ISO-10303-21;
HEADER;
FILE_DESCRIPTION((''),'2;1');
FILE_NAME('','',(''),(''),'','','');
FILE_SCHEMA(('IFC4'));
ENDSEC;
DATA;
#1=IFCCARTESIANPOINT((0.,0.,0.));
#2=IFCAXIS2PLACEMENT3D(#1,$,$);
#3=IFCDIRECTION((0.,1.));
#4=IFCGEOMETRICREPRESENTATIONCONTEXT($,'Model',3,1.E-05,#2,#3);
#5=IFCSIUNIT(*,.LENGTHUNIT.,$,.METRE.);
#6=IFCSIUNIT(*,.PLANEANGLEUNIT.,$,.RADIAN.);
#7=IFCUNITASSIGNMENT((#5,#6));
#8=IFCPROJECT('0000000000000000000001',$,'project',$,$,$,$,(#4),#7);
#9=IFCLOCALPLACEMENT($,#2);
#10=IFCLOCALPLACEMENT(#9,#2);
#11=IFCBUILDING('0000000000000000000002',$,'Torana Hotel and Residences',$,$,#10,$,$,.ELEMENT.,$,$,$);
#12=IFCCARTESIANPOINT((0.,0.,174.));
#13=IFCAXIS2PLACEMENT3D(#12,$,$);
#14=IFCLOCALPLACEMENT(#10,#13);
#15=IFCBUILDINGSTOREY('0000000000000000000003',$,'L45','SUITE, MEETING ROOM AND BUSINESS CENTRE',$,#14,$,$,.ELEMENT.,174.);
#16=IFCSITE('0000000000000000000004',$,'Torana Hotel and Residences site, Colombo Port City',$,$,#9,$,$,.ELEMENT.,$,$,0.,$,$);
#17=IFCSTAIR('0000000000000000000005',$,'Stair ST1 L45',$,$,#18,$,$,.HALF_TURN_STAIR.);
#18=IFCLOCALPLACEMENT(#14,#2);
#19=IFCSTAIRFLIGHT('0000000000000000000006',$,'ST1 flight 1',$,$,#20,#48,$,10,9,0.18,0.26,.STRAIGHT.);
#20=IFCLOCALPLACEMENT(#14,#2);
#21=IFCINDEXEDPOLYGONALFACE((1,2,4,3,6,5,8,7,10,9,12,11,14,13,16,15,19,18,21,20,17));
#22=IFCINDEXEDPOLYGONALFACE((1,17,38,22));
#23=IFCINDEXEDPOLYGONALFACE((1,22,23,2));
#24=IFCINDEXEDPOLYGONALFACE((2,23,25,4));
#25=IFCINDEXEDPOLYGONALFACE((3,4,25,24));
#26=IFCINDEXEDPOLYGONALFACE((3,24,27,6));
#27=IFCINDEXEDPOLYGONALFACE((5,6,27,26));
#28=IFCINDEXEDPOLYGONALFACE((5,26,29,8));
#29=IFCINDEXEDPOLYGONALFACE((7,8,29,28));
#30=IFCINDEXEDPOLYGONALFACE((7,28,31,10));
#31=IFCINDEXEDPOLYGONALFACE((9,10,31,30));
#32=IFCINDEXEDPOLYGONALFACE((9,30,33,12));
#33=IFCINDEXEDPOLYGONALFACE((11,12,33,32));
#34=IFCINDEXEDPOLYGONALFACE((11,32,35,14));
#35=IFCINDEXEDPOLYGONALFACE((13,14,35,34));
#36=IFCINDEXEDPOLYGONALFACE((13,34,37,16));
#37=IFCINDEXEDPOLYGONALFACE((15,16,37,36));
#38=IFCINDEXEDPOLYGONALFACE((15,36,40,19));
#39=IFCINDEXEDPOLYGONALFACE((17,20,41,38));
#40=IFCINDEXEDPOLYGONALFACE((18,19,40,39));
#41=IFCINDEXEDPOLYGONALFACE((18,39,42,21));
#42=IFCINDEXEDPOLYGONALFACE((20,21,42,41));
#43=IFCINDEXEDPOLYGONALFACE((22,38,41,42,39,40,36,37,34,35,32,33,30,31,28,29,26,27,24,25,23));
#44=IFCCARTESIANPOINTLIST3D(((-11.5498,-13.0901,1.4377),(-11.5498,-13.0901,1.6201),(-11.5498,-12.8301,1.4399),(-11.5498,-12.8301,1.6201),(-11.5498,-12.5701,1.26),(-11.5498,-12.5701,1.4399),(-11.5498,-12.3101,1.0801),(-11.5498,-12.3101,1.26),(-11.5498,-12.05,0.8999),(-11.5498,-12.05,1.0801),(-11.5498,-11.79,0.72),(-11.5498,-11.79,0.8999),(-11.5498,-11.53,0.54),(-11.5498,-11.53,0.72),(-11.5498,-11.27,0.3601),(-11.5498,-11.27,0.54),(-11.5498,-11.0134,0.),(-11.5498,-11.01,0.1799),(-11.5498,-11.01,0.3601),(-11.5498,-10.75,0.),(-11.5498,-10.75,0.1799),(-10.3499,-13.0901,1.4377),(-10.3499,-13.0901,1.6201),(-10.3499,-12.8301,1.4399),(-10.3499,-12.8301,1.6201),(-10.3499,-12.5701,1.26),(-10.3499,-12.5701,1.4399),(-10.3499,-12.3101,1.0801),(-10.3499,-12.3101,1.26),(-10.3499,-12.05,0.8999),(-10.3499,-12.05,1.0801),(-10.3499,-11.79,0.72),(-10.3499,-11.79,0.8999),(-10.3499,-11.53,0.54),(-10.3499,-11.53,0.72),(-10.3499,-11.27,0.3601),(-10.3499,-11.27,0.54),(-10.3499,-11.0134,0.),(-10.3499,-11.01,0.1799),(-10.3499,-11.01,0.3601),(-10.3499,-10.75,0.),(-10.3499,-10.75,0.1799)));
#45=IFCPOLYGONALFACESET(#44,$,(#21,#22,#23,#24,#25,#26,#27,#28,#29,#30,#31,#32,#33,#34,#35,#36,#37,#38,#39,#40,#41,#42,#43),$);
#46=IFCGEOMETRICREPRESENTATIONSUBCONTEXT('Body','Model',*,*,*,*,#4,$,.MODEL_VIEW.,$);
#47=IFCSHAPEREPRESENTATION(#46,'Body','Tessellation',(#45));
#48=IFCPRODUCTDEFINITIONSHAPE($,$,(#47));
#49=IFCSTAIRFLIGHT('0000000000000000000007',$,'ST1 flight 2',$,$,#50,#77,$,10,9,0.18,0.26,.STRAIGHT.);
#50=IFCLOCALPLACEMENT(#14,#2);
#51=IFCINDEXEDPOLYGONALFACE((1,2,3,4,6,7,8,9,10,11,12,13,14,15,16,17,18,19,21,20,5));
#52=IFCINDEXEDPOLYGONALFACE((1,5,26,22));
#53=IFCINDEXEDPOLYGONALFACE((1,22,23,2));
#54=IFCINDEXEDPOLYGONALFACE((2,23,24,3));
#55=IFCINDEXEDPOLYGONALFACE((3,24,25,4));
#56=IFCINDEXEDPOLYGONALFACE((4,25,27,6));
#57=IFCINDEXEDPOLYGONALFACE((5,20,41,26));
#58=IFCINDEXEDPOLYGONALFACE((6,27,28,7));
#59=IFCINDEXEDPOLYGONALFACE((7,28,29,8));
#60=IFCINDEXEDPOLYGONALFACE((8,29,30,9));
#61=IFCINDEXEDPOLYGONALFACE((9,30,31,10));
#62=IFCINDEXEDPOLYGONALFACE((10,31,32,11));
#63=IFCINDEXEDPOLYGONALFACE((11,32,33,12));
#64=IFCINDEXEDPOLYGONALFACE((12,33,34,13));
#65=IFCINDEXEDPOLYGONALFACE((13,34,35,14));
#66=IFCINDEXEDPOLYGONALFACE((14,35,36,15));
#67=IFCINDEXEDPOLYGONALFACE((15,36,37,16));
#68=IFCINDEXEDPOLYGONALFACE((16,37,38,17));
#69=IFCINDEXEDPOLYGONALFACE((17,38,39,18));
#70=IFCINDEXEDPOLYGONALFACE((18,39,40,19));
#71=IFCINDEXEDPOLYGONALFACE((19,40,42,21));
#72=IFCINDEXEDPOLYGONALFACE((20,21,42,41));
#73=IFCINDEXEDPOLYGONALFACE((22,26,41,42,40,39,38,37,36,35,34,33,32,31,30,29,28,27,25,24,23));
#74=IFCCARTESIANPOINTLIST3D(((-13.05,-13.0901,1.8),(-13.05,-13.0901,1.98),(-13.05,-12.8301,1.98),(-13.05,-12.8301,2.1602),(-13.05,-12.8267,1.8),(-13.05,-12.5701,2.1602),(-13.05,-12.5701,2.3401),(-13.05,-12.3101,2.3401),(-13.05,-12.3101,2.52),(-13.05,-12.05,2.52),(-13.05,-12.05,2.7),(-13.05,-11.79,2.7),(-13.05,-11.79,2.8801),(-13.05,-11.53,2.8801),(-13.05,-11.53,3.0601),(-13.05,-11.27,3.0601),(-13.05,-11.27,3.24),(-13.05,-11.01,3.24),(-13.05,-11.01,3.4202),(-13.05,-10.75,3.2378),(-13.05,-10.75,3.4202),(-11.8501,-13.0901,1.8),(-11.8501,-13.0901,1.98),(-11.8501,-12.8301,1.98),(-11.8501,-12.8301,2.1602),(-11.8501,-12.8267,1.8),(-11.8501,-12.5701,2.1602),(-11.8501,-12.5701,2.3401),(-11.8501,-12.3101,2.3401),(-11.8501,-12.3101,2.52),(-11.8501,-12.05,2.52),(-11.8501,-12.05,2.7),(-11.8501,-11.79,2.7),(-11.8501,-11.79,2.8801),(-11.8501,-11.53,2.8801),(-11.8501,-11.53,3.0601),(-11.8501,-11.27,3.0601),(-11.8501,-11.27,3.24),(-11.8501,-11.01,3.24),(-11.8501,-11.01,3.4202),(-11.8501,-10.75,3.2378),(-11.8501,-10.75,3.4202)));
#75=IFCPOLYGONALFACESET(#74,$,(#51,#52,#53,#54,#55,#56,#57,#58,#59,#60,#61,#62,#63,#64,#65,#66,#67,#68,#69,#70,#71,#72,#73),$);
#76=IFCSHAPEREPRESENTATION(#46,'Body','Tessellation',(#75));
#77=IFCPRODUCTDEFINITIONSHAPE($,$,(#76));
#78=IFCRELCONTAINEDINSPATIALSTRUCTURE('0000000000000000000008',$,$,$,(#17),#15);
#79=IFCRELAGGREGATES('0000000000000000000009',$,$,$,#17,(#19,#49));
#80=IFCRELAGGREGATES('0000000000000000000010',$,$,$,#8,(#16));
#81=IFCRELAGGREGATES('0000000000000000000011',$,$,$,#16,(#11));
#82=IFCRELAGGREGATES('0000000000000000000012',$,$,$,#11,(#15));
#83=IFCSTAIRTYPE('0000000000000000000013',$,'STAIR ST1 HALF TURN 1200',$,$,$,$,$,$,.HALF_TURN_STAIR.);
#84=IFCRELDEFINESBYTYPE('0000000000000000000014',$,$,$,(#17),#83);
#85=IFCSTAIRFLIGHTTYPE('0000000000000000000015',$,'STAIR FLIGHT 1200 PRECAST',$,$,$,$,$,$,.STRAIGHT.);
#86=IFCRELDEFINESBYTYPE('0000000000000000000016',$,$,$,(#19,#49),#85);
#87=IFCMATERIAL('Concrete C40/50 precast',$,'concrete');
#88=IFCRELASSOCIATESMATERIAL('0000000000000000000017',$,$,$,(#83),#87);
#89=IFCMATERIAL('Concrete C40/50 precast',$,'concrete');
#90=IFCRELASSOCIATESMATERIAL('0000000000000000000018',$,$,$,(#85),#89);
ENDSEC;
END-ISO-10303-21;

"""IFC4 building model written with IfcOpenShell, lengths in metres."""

from ifc_helpers import new_model, si_unit, direction, frame, origin, place, context, subcontext, project, spatial, polyline, outline, extrude, material, type_object, element, aggregate, save


model = new_model("IFC4")

# Units and contexts
model_context = context("Model", 3, precision=1e-05, world=origin(), true_north=direction((0.0, 1.0)))
body_context = subcontext(model_context, "Body", "Model", "MODEL_VIEW")
ifc_project = project(units=[si_unit("LENGTHUNIT", "METRE"), si_unit("PLANEANGLEUNIT", "RADIAN")], contexts=[model_context])

# Site, building, storey
site_placement = place(None, origin())
site = spatial("IfcSite", under=ifc_project, at=site_placement, Name="Torana Hotel and Residences site, Colombo Port City", CompositionType="ELEMENT", RefElevation=0.0)
building_placement = place(site_placement, origin())
building = spatial("IfcBuilding", under=site, at=building_placement, Name="Torana Hotel and Residences", CompositionType="ELEMENT")
storey_placement = place(building_placement, frame((0.0, 0.0, 174.0)))
storey = spatial("IfcBuildingStorey", under=building, at=storey_placement, Name="L45", Description="SUITE, MEETING ROOM AND BUSINESS CENTRE", CompositionType="ELEMENT", Elevation=174.0)

# Stair, stair flights
ifc_material_1 = material(Name="Concrete C40/50 precast", Category="concrete")
stair_type = type_object("IfcStairType", Name="STAIR ST1 HALF TURN 1200", PredefinedType="HALF_TURN_STAIR", material=ifc_material_1)
stair_placement = place(storey_placement, origin())
stair = element("IfcStair", 1, at=stair_placement, inside=storey, type_object=stair_type, Name="Stair ST1 L45", PredefinedType="HALF_TURN_STAIR")
ifc_material_2 = material(Name="Concrete C40/50 precast", Category="concrete")
stair_flight_type = type_object("IfcStairFlightType", Name="STAIR FLIGHT 1200 PRECAST", PredefinedType="STRAIGHT", material=ifc_material_2)
stair_flight_1_placement = place(storey_placement, frame((-10.95, -10.75, 0.0), z_axis=(0.0, 0.0, 1.0), x_axis=(0.0, -1.0, 0.0)))
stair_flight_1 = element("IfcStairFlight", 2, at=stair_flight_1_placement, type_object=stair_flight_type, Name="ST1 flight 1", NumberOfRisers=10, NumberOfTreads=9, PredefinedType="STRAIGHT", RiserHeight=0.18, TreadLength=0.26, context=body_context, shape_type="SweptSolid", body=[
    extrude(outline(polyline([(0.0, 0.0), (0.0, 0.1799), (0.26, 0.1799), (0.26, 0.3601), (0.52, 0.3601), (0.52, 0.54), (0.78, 0.54), (0.78, 0.72), (1.04, 0.72), (1.04, 0.8999), (1.3, 0.8999), (1.3, 1.0801), (1.5601, 1.0801), (1.5601, 1.26), (1.8201, 1.26), (1.8201, 1.4399), (2.0801, 1.4399), (2.0801, 1.6201), (2.3401, 1.6201), (2.3401, 1.8), (2.3401, 1.4377), (0.2634, 0.0), (0.0, 0.0)])), frame((0.0, 0.6001, 0.0), z_axis=(0.0, -1.0, 0.0), x_axis=(1.0, 0.0, 0.0)), (0.0, 0.0, 1.0), 1.2),
])
stair_flight_2_placement = place(storey_placement, frame((-12.45, -13.0901, 1.8), z_axis=(0.0, 0.0, 1.0), x_axis=(0.0, 1.0, 0.0)))
stair_flight_2 = element("IfcStairFlight", 3, at=stair_flight_2_placement, type_object=stair_flight_type, Name="ST1 flight 2", NumberOfRisers=10, NumberOfTreads=9, PredefinedType="STRAIGHT", RiserHeight=0.18, TreadLength=0.26, context=body_context, shape_type="SweptSolid", body=[
    extrude(outline(polyline([(0.0, 0.0), (0.0, 0.1799), (0.26, 0.1799), (0.26, 0.3601), (0.52, 0.3601), (0.52, 0.54), (0.78, 0.54), (0.78, 0.72), (1.04, 0.72), (1.04, 0.8999), (1.3, 0.8999), (1.3, 1.0801), (1.5601, 1.0801), (1.5601, 1.26), (1.8201, 1.26), (1.8201, 1.4399), (2.0801, 1.4399), (2.0801, 1.6201), (2.3401, 1.6201), (2.3401, 1.8), (2.3401, 1.4377), (0.2634, 0.0), (0.0, 0.0)])), frame((0.0, 0.6001, 0.0), z_axis=(0.0, -1.0, 0.0), x_axis=(1.0, 0.0, 0.0)), (0.0, 0.0, 1.0), 1.2),
])
aggregate(stair, [stair_flight_1, stair_flight_2])

save(model, "model.ifc")
